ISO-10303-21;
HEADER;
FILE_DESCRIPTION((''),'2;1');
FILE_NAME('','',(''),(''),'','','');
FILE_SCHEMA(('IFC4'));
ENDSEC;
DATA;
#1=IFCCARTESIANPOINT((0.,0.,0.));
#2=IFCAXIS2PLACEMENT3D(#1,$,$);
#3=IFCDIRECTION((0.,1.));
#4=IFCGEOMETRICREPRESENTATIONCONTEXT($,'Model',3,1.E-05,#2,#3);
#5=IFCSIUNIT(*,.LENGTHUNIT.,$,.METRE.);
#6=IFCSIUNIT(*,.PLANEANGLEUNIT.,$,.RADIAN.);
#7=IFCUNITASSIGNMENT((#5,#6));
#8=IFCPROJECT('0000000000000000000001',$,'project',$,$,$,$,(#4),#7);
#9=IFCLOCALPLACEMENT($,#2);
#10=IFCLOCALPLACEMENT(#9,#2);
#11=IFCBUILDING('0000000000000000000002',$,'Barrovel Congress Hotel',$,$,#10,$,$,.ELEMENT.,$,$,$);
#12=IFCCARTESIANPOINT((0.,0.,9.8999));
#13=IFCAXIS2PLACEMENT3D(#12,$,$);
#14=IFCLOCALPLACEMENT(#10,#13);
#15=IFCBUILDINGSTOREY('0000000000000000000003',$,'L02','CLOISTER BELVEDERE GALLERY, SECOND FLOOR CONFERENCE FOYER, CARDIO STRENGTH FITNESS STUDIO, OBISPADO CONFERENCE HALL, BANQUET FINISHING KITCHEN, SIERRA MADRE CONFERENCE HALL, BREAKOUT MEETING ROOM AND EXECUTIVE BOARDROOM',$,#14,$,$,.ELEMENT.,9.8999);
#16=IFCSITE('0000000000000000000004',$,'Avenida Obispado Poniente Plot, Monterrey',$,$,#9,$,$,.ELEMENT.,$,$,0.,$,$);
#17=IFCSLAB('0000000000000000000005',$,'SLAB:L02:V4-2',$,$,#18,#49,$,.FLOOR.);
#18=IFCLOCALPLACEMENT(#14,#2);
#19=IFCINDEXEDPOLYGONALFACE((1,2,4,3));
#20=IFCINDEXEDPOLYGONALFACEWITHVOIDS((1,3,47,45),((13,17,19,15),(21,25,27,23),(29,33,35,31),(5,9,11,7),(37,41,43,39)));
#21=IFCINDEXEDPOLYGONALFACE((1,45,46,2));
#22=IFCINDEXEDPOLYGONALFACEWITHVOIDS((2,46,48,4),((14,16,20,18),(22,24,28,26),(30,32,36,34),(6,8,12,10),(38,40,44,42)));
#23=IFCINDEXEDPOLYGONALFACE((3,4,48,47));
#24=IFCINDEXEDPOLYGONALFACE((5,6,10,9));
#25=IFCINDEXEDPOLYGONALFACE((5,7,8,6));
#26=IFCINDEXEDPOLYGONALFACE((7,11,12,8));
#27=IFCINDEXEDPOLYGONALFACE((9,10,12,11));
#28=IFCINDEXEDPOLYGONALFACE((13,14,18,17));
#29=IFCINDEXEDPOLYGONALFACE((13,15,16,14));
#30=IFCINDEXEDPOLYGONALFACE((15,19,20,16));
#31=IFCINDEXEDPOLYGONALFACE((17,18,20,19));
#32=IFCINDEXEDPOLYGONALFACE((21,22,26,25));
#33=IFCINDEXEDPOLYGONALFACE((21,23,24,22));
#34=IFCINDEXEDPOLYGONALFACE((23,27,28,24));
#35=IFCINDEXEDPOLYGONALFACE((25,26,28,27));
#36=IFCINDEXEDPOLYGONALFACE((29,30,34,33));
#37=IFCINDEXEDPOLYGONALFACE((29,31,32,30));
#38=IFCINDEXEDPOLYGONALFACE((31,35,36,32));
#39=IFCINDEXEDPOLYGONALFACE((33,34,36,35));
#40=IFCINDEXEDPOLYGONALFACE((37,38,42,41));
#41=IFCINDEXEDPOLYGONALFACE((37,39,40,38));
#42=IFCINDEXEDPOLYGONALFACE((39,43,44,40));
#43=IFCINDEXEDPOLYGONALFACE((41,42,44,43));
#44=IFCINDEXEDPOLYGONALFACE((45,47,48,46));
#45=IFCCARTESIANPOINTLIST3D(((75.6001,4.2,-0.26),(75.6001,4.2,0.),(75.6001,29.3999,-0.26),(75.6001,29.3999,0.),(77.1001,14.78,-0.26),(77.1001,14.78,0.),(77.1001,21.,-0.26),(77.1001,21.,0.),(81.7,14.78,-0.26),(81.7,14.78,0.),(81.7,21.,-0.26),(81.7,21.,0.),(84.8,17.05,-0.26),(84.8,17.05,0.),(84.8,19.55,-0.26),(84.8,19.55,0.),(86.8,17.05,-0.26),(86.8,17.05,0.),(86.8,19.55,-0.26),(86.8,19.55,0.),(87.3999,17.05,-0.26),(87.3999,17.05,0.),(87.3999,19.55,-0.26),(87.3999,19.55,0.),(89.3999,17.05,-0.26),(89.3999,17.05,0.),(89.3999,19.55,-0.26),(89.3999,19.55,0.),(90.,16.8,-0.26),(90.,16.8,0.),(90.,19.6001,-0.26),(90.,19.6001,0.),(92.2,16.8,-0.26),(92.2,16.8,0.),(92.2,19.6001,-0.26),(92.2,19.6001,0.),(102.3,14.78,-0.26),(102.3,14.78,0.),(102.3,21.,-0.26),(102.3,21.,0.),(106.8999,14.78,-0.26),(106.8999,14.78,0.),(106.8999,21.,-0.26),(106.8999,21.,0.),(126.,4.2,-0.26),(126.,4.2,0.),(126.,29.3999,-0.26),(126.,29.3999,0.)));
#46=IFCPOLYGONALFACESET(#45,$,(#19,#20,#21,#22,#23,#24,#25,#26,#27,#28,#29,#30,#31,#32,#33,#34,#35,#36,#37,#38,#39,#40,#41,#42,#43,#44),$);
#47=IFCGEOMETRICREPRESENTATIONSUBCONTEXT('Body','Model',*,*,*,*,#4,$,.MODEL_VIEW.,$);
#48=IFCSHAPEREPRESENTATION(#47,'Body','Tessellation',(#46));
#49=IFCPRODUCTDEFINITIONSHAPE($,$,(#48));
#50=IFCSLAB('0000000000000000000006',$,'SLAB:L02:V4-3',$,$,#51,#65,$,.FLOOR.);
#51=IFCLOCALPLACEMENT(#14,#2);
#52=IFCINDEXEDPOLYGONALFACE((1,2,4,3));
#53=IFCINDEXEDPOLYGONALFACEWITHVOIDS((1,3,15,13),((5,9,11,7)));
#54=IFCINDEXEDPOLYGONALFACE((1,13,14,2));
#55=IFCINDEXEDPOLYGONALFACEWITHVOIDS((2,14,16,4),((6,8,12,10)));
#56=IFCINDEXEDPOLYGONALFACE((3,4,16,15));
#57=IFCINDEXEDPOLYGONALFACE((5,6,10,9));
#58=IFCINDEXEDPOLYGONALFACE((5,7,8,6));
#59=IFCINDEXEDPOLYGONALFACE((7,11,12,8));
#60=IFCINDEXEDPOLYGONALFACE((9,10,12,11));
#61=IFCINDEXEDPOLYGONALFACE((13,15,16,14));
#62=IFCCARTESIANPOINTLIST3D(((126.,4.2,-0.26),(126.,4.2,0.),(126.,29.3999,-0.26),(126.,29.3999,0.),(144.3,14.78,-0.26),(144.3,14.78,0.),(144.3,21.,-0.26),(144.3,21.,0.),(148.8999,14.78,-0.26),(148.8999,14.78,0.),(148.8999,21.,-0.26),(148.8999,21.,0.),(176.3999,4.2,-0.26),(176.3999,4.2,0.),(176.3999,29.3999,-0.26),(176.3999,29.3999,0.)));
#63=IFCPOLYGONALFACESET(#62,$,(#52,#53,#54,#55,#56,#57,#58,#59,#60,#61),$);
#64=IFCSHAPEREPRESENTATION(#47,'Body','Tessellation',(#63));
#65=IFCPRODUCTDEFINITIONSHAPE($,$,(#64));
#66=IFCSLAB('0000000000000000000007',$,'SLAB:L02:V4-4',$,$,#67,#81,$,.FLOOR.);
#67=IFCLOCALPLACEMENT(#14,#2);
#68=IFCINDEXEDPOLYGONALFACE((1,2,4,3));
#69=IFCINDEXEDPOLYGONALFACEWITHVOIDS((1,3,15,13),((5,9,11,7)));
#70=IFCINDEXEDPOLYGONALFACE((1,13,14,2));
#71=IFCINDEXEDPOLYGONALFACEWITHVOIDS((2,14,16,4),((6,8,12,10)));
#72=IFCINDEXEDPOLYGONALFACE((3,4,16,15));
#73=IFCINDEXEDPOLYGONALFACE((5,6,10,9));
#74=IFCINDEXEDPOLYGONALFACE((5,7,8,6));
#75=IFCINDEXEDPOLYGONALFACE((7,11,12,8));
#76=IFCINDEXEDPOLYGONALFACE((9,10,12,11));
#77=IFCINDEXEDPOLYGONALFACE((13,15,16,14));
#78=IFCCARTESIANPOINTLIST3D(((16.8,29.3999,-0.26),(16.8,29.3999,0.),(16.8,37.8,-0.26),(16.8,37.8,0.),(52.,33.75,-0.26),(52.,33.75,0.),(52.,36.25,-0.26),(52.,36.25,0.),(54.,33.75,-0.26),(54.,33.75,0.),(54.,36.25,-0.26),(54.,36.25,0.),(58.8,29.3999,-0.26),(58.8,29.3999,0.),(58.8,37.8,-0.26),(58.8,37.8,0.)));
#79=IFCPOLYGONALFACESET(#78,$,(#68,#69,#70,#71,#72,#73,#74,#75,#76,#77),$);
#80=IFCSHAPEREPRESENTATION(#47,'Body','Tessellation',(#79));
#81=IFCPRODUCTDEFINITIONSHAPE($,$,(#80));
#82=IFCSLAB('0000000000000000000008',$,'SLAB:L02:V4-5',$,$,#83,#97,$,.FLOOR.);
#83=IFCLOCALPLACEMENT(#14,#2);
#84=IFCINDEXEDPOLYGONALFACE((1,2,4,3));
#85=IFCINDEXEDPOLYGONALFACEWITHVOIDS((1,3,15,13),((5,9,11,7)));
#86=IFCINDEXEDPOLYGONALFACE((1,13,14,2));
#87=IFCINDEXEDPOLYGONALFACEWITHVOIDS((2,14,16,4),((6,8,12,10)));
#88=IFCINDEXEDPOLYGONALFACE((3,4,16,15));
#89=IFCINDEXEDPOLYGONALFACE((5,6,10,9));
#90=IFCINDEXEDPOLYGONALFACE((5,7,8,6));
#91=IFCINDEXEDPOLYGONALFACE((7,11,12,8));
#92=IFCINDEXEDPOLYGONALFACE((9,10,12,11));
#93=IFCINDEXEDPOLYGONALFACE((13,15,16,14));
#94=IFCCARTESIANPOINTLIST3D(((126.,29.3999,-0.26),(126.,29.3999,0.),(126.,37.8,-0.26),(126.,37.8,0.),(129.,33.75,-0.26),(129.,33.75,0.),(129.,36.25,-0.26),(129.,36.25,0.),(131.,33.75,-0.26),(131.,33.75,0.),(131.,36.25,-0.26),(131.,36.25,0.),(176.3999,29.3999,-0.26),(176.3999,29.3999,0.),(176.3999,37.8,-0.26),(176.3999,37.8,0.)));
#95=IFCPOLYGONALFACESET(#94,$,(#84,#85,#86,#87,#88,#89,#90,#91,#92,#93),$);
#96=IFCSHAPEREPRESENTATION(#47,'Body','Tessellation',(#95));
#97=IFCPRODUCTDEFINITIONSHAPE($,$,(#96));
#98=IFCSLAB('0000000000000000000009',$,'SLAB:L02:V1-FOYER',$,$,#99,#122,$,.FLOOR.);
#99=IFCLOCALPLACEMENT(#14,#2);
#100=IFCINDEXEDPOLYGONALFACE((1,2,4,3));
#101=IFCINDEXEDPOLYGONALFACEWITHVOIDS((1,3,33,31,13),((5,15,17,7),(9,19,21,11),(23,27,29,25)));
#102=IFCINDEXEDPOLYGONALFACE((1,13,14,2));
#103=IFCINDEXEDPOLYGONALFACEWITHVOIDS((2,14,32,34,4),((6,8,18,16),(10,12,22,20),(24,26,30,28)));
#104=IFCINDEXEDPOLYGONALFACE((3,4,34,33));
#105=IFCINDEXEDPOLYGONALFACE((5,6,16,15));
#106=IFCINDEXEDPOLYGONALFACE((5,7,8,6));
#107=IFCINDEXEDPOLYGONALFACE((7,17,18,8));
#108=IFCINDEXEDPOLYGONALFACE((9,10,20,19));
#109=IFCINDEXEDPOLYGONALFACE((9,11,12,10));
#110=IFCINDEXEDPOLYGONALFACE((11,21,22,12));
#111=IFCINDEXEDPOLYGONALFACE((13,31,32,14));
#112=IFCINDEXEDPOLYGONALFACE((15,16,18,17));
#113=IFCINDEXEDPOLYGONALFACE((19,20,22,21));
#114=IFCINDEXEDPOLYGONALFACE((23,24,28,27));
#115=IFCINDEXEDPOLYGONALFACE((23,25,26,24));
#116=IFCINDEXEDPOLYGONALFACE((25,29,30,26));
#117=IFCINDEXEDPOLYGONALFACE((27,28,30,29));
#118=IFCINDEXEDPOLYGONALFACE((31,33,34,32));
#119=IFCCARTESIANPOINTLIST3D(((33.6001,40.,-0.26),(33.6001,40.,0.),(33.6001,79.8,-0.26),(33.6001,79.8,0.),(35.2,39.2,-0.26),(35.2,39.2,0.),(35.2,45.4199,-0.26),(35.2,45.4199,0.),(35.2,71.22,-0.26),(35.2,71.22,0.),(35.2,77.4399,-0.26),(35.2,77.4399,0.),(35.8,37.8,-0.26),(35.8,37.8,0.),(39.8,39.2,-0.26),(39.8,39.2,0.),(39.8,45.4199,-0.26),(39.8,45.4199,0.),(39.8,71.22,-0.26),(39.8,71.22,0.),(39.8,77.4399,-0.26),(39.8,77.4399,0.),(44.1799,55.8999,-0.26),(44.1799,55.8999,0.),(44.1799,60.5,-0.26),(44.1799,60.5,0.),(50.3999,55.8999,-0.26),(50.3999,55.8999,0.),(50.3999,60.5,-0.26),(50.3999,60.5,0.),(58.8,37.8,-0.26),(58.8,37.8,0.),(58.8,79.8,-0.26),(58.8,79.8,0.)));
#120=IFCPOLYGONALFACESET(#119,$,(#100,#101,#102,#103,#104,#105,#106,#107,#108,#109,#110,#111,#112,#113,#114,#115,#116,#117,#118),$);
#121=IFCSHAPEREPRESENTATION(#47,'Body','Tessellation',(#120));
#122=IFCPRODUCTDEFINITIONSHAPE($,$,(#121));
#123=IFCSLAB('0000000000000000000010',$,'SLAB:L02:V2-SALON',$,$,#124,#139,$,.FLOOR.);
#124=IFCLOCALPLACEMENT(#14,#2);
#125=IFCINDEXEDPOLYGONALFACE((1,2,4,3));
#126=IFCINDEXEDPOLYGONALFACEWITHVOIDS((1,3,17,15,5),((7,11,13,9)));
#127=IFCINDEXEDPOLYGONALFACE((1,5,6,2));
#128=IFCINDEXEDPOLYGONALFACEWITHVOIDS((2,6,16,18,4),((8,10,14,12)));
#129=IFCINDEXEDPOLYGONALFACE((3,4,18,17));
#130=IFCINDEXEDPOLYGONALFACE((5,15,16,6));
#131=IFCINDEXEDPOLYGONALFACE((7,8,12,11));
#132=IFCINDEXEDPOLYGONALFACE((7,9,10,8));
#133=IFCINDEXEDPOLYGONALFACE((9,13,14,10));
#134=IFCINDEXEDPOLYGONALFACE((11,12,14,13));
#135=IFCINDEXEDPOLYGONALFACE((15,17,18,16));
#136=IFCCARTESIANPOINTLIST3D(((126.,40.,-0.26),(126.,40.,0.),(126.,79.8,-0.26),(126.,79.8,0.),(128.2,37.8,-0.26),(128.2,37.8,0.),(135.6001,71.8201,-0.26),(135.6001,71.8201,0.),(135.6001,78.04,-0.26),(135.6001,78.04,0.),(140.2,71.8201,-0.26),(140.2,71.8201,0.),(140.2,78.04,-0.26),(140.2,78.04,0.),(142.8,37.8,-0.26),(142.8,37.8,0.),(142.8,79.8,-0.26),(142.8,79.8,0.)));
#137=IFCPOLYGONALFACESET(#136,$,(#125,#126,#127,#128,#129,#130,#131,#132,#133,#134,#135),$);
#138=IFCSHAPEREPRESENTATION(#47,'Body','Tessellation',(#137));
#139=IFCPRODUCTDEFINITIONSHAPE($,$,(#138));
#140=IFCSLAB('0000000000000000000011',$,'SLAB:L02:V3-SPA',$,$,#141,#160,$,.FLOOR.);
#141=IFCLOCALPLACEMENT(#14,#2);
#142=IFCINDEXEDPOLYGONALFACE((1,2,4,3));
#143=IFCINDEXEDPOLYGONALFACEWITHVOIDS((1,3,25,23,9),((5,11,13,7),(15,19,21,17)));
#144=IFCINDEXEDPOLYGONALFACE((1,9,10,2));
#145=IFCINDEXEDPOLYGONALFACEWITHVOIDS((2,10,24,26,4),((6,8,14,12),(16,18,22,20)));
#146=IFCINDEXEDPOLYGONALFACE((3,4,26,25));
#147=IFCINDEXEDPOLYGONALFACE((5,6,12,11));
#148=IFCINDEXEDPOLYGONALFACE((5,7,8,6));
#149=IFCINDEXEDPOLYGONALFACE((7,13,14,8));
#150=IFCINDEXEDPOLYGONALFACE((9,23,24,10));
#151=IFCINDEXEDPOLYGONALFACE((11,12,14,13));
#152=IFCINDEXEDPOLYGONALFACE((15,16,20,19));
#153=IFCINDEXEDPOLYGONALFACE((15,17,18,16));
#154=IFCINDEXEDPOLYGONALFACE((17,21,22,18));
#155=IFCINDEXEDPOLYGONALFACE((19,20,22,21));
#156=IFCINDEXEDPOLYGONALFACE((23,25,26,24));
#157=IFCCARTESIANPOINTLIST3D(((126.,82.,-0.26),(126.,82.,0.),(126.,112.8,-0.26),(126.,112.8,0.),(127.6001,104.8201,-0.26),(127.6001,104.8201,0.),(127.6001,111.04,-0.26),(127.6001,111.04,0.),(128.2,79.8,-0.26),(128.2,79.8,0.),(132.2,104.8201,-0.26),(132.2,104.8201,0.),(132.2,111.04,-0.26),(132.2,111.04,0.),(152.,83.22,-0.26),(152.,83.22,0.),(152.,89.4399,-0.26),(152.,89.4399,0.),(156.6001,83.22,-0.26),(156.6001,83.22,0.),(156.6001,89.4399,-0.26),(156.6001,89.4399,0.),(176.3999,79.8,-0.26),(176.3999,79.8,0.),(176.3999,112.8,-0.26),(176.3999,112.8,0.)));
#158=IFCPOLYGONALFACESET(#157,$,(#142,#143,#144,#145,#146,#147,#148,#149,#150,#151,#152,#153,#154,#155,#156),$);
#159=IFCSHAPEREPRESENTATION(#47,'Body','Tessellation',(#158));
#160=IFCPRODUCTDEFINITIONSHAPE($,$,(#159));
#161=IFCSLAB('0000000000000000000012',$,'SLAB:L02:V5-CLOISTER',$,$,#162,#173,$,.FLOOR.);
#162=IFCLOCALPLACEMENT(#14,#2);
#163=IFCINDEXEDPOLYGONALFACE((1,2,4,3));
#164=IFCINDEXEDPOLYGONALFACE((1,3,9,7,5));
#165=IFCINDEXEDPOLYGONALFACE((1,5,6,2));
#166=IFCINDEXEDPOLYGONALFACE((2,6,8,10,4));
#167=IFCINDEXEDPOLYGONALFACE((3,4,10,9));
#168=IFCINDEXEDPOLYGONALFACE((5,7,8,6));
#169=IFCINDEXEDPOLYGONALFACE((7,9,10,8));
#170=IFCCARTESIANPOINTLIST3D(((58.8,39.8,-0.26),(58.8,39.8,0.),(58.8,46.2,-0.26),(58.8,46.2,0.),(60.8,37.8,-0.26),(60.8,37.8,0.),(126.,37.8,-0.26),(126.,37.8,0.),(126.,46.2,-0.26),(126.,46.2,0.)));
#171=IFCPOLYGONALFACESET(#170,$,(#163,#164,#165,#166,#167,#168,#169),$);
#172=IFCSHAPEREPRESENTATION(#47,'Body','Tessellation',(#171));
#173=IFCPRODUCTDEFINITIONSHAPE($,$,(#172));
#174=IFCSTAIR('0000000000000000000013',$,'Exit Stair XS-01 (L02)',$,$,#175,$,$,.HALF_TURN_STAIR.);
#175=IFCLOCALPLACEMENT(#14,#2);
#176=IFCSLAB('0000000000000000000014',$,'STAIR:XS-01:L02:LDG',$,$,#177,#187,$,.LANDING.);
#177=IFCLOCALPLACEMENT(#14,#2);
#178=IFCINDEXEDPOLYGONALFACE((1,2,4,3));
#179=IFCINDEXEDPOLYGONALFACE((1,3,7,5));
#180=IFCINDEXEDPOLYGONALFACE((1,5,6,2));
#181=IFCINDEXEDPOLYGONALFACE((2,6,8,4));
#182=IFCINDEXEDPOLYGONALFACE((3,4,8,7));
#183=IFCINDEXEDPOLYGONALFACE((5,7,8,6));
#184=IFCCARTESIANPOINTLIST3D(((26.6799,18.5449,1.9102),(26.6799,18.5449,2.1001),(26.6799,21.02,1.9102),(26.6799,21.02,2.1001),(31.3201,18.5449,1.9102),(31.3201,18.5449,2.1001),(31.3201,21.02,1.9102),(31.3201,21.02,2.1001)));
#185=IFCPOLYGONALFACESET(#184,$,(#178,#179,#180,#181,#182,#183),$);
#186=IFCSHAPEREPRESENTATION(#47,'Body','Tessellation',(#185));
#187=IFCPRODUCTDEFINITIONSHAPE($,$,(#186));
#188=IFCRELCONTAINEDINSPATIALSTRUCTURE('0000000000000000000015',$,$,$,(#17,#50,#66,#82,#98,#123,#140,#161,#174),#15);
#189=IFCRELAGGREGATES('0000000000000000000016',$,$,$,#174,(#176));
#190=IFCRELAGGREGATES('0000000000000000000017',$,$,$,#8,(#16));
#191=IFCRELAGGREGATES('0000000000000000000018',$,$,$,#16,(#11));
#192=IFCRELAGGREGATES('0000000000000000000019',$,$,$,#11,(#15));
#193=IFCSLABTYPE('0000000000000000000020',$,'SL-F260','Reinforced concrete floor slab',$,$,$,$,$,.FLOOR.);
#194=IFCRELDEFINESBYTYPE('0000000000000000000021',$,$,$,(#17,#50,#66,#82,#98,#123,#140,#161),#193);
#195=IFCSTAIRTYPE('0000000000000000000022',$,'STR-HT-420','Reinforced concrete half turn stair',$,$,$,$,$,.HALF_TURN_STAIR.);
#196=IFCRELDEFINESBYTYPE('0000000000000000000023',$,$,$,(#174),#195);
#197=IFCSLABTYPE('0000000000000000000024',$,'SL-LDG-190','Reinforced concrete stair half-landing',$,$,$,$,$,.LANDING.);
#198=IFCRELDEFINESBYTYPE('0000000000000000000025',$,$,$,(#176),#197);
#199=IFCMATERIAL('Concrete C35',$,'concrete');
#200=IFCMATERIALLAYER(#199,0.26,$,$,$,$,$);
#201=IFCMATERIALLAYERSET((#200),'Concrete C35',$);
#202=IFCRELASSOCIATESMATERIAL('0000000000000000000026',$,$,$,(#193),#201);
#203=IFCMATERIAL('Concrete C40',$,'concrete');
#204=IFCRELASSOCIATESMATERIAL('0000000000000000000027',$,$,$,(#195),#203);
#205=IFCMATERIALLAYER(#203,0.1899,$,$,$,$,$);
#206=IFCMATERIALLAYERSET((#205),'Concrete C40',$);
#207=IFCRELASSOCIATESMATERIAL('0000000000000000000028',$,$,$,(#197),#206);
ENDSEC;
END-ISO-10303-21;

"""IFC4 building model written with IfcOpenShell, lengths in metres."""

from ifc_helpers import new_model, si_unit, direction, frame, origin, place, context, subcontext, project, spatial, polyline, outline, extrude, material, layer, layer_set, type_object, element, aggregate, save


model = new_model("IFC4")

# Units and contexts
model_context = context("Model", 3, precision=1e-05, world=origin(), true_north=direction((0.0, 1.0)))
body_context = subcontext(model_context, "Body", "Model", "MODEL_VIEW")
ifc_project = project(units=[si_unit("LENGTHUNIT", "METRE"), si_unit("PLANEANGLEUNIT", "RADIAN")], contexts=[model_context])

# Site, building, storey
site_placement = place(None, origin())
site = spatial("IfcSite", under=ifc_project, at=site_placement, Name="Avenida Obispado Poniente Plot, Monterrey", CompositionType="ELEMENT", RefElevation=0.0)
building_placement = place(site_placement, origin())
building = spatial("IfcBuilding", under=site, at=building_placement, Name="Barrovel Congress Hotel", CompositionType="ELEMENT")
storey_placement = place(building_placement, frame((0.0, 0.0, 9.8999)))
storey = spatial("IfcBuildingStorey", under=building, at=storey_placement, Name="L02", Description="CLOISTER BELVEDERE GALLERY, SECOND FLOOR CONFERENCE FOYER, CARDIO STRENGTH FITNESS STUDIO, OBISPADO CONFERENCE HALL, BANQUET FINISHING KITCHEN, SIERRA MADRE CONFERENCE HALL, BREAKOUT MEETING ROOM AND EXECUTIVE BOARDROOM", CompositionType="ELEMENT", Elevation=9.8999)

# Slabs
ifc_material_1 = material(Name="Concrete C35", Category="concrete")
ifc_layer_1 = layer(ifc_material_1, 0.26)
ifc_layer_set_1 = layer_set([ifc_layer_1], Name="Concrete C35")
slab_type_1 = type_object("IfcSlabType", Name="SL-F260", Description="Reinforced concrete floor slab", PredefinedType="FLOOR", material=ifc_layer_set_1)
slab_1_placement = place(storey_placement, frame((0.0, 0.0, -0.26)))
element("IfcSlab", 1, at=slab_1_placement, inside=storey, type_object=slab_type_1, Name="SLAB:L02:V4-2", PredefinedType="FLOOR", context=body_context, shape_type="SweptSolid", body=[
    extrude(outline(polyline([(75.6001, 4.2), (126.0, 4.2), (126.0, 29.3999), (75.6001, 29.3999), (75.6001, 4.2)]), holes=[polyline([(77.1001, 14.78), (77.1001, 21.0), (81.7, 21.0), (81.7, 14.78), (77.1001, 14.78)]), polyline([(102.3, 14.78), (102.3, 21.0), (106.8999, 21.0), (106.8999, 14.78), (102.3, 14.78)]), polyline([(84.8, 17.05), (84.8, 19.55), (86.8, 19.55), (86.8, 17.05), (84.8, 17.05)]), polyline([(87.3999, 17.05), (87.3999, 19.55), (89.3999, 19.55), (89.3999, 17.05), (87.3999, 17.05)]), polyline([(90.0, 16.8), (90.0, 19.6001), (92.2, 19.6001), (92.2, 16.8), (90.0, 16.8)])]), origin(), (0.0, 0.0, 1.0), 0.26),
])
slab_2_placement = place(storey_placement, frame((0.0, 0.0, -0.26)))
element("IfcSlab", 2, at=slab_2_placement, inside=storey, type_object=slab_type_1, Name="SLAB:L02:V4-3", PredefinedType="FLOOR", context=body_context, shape_type="SweptSolid", body=[
    extrude(outline(polyline([(126.0, 4.2), (176.3999, 4.2), (176.3999, 29.3999), (126.0, 29.3999), (126.0, 4.2)]), holes=[polyline([(144.3, 14.78), (144.3, 21.0), (148.8999, 21.0), (148.8999, 14.78), (144.3, 14.78)])]), origin(), (0.0, 0.0, 1.0), 0.26),
])
slab_3_placement = place(storey_placement, frame((0.0, 0.0, -0.26)))
element("IfcSlab", 3, at=slab_3_placement, inside=storey, type_object=slab_type_1, Name="SLAB:L02:V4-4", PredefinedType="FLOOR", context=body_context, shape_type="SweptSolid", body=[
    extrude(outline(polyline([(16.8, 29.3999), (58.8, 29.3999), (58.8, 37.8), (16.8, 37.8), (16.8, 29.3999)]), holes=[polyline([(52.0, 33.75), (52.0, 36.25), (54.0, 36.25), (54.0, 33.75), (52.0, 33.75)])]), origin(), (0.0, 0.0, 1.0), 0.26),
])
slab_4_placement = place(storey_placement, frame((0.0, 0.0, -0.26)))
element("IfcSlab", 4, at=slab_4_placement, inside=storey, type_object=slab_type_1, Name="SLAB:L02:V4-5", PredefinedType="FLOOR", context=body_context, shape_type="SweptSolid", body=[
    extrude(outline(polyline([(126.0, 29.3999), (176.3999, 29.3999), (176.3999, 37.8), (126.0, 37.8), (126.0, 29.3999)]), holes=[polyline([(129.0, 33.75), (129.0, 36.25), (131.0, 36.25), (131.0, 33.75), (129.0, 33.75)])]), origin(), (0.0, 0.0, 1.0), 0.26),
])
slab_5_placement = place(storey_placement, frame((0.0, 0.0, -0.26)))
element("IfcSlab", 5, at=slab_5_placement, inside=storey, type_object=slab_type_1, Name="SLAB:L02:V1-FOYER", PredefinedType="FLOOR", context=body_context, shape_type="SweptSolid", body=[
    extrude(outline(polyline([(35.8, 37.8), (58.8, 37.8), (58.8, 79.8), (33.6001, 79.8), (33.6001, 40.0), (35.8, 37.8)]), holes=[polyline([(44.1799, 55.8999), (44.1799, 60.5), (50.3999, 60.5), (50.3999, 55.8999), (44.1799, 55.8999)]), polyline([(35.2, 71.22), (35.2, 77.4399), (39.8, 77.4399), (39.8, 71.22), (35.2, 71.22)]), polyline([(35.2, 39.2), (35.2, 45.4199), (39.8, 45.4199), (39.8, 39.2), (35.2, 39.2)])]), origin(), (0.0, 0.0, 1.0), 0.26),
])
slab_6_placement = place(storey_placement, frame((0.0, 0.0, -0.26)))
element("IfcSlab", 6, at=slab_6_placement, inside=storey, type_object=slab_type_1, Name="SLAB:L02:V2-SALON", PredefinedType="FLOOR", context=body_context, shape_type="SweptSolid", body=[
    extrude(outline(polyline([(128.2, 37.8), (142.8, 37.8), (142.8, 79.8), (126.0, 79.8), (126.0, 40.0), (128.2, 37.8)]), holes=[polyline([(135.6001, 71.8201), (135.6001, 78.04), (140.2, 78.04), (140.2, 71.8201), (135.6001, 71.8201)])]), origin(), (0.0, 0.0, 1.0), 0.26),
])
slab_7_placement = place(storey_placement, frame((0.0, 0.0, -0.26)))
element("IfcSlab", 7, at=slab_7_placement, inside=storey, type_object=slab_type_1, Name="SLAB:L02:V3-SPA", PredefinedType="FLOOR", context=body_context, shape_type="SweptSolid", body=[
    extrude(outline(polyline([(128.2, 79.8), (176.3999, 79.8), (176.3999, 112.8), (126.0, 112.8), (126.0, 82.0), (128.2, 79.8)]), holes=[polyline([(152.0, 83.22), (152.0, 89.4399), (156.6001, 89.4399), (156.6001, 83.22), (152.0, 83.22)]), polyline([(127.6001, 104.8201), (127.6001, 111.04), (132.2, 111.04), (132.2, 104.8201), (127.6001, 104.8201)])]), origin(), (0.0, 0.0, 1.0), 0.26),
])
slab_8_placement = place(storey_placement, frame((0.0, 0.0, -0.26)))
element("IfcSlab", 8, at=slab_8_placement, inside=storey, type_object=slab_type_1, Name="SLAB:L02:V5-CLOISTER", PredefinedType="FLOOR", context=body_context, shape_type="SweptSolid", body=[
    extrude(outline(polyline([(60.8, 37.8), (126.0, 37.8), (126.0, 46.2), (58.8, 46.2), (58.8, 39.8), (60.8, 37.8)])), origin(), (0.0, 0.0, 1.0), 0.26),
])

# Stair, slab
ifc_material_2 = material(Name="Concrete C40", Category="concrete")
stair_type_1 = type_object("IfcStairType", Name="STR-HT-420", Description="Reinforced concrete half turn stair", PredefinedType="HALF_TURN_STAIR", material=ifc_material_2)
stair_1_placement = place(storey_placement, origin())
stair_1 = element("IfcStair", 9, at=stair_1_placement, inside=storey, type_object=stair_type_1, Name="Exit Stair XS-01 (L02)", PredefinedType="HALF_TURN_STAIR")
ifc_layer_2 = layer(ifc_material_2, 0.1899)
ifc_layer_set_2 = layer_set([ifc_layer_2], Name="Concrete C40")
slab_type_2 = type_object("IfcSlabType", Name="SL-LDG-190", Description="Reinforced concrete stair half-landing", PredefinedType="LANDING", material=ifc_layer_set_2)
slab_9_placement = place(storey_placement, frame((0.0, 0.0, 1.9102)))
slab_9 = element("IfcSlab", 10, at=slab_9_placement, type_object=slab_type_2, Name="STAIR:XS-01:L02:LDG", PredefinedType="LANDING", context=body_context, shape_type="SweptSolid", body=[
    extrude(outline(polyline([(26.6799, 18.5449), (31.3201, 18.5449), (31.3201, 21.02), (26.6799, 21.02), (26.6799, 18.5449)])), origin(), (0.0, 0.0, 1.0), 0.1899),
])
aggregate(stair_1, [slab_9])

save(model, "model.ifc")
